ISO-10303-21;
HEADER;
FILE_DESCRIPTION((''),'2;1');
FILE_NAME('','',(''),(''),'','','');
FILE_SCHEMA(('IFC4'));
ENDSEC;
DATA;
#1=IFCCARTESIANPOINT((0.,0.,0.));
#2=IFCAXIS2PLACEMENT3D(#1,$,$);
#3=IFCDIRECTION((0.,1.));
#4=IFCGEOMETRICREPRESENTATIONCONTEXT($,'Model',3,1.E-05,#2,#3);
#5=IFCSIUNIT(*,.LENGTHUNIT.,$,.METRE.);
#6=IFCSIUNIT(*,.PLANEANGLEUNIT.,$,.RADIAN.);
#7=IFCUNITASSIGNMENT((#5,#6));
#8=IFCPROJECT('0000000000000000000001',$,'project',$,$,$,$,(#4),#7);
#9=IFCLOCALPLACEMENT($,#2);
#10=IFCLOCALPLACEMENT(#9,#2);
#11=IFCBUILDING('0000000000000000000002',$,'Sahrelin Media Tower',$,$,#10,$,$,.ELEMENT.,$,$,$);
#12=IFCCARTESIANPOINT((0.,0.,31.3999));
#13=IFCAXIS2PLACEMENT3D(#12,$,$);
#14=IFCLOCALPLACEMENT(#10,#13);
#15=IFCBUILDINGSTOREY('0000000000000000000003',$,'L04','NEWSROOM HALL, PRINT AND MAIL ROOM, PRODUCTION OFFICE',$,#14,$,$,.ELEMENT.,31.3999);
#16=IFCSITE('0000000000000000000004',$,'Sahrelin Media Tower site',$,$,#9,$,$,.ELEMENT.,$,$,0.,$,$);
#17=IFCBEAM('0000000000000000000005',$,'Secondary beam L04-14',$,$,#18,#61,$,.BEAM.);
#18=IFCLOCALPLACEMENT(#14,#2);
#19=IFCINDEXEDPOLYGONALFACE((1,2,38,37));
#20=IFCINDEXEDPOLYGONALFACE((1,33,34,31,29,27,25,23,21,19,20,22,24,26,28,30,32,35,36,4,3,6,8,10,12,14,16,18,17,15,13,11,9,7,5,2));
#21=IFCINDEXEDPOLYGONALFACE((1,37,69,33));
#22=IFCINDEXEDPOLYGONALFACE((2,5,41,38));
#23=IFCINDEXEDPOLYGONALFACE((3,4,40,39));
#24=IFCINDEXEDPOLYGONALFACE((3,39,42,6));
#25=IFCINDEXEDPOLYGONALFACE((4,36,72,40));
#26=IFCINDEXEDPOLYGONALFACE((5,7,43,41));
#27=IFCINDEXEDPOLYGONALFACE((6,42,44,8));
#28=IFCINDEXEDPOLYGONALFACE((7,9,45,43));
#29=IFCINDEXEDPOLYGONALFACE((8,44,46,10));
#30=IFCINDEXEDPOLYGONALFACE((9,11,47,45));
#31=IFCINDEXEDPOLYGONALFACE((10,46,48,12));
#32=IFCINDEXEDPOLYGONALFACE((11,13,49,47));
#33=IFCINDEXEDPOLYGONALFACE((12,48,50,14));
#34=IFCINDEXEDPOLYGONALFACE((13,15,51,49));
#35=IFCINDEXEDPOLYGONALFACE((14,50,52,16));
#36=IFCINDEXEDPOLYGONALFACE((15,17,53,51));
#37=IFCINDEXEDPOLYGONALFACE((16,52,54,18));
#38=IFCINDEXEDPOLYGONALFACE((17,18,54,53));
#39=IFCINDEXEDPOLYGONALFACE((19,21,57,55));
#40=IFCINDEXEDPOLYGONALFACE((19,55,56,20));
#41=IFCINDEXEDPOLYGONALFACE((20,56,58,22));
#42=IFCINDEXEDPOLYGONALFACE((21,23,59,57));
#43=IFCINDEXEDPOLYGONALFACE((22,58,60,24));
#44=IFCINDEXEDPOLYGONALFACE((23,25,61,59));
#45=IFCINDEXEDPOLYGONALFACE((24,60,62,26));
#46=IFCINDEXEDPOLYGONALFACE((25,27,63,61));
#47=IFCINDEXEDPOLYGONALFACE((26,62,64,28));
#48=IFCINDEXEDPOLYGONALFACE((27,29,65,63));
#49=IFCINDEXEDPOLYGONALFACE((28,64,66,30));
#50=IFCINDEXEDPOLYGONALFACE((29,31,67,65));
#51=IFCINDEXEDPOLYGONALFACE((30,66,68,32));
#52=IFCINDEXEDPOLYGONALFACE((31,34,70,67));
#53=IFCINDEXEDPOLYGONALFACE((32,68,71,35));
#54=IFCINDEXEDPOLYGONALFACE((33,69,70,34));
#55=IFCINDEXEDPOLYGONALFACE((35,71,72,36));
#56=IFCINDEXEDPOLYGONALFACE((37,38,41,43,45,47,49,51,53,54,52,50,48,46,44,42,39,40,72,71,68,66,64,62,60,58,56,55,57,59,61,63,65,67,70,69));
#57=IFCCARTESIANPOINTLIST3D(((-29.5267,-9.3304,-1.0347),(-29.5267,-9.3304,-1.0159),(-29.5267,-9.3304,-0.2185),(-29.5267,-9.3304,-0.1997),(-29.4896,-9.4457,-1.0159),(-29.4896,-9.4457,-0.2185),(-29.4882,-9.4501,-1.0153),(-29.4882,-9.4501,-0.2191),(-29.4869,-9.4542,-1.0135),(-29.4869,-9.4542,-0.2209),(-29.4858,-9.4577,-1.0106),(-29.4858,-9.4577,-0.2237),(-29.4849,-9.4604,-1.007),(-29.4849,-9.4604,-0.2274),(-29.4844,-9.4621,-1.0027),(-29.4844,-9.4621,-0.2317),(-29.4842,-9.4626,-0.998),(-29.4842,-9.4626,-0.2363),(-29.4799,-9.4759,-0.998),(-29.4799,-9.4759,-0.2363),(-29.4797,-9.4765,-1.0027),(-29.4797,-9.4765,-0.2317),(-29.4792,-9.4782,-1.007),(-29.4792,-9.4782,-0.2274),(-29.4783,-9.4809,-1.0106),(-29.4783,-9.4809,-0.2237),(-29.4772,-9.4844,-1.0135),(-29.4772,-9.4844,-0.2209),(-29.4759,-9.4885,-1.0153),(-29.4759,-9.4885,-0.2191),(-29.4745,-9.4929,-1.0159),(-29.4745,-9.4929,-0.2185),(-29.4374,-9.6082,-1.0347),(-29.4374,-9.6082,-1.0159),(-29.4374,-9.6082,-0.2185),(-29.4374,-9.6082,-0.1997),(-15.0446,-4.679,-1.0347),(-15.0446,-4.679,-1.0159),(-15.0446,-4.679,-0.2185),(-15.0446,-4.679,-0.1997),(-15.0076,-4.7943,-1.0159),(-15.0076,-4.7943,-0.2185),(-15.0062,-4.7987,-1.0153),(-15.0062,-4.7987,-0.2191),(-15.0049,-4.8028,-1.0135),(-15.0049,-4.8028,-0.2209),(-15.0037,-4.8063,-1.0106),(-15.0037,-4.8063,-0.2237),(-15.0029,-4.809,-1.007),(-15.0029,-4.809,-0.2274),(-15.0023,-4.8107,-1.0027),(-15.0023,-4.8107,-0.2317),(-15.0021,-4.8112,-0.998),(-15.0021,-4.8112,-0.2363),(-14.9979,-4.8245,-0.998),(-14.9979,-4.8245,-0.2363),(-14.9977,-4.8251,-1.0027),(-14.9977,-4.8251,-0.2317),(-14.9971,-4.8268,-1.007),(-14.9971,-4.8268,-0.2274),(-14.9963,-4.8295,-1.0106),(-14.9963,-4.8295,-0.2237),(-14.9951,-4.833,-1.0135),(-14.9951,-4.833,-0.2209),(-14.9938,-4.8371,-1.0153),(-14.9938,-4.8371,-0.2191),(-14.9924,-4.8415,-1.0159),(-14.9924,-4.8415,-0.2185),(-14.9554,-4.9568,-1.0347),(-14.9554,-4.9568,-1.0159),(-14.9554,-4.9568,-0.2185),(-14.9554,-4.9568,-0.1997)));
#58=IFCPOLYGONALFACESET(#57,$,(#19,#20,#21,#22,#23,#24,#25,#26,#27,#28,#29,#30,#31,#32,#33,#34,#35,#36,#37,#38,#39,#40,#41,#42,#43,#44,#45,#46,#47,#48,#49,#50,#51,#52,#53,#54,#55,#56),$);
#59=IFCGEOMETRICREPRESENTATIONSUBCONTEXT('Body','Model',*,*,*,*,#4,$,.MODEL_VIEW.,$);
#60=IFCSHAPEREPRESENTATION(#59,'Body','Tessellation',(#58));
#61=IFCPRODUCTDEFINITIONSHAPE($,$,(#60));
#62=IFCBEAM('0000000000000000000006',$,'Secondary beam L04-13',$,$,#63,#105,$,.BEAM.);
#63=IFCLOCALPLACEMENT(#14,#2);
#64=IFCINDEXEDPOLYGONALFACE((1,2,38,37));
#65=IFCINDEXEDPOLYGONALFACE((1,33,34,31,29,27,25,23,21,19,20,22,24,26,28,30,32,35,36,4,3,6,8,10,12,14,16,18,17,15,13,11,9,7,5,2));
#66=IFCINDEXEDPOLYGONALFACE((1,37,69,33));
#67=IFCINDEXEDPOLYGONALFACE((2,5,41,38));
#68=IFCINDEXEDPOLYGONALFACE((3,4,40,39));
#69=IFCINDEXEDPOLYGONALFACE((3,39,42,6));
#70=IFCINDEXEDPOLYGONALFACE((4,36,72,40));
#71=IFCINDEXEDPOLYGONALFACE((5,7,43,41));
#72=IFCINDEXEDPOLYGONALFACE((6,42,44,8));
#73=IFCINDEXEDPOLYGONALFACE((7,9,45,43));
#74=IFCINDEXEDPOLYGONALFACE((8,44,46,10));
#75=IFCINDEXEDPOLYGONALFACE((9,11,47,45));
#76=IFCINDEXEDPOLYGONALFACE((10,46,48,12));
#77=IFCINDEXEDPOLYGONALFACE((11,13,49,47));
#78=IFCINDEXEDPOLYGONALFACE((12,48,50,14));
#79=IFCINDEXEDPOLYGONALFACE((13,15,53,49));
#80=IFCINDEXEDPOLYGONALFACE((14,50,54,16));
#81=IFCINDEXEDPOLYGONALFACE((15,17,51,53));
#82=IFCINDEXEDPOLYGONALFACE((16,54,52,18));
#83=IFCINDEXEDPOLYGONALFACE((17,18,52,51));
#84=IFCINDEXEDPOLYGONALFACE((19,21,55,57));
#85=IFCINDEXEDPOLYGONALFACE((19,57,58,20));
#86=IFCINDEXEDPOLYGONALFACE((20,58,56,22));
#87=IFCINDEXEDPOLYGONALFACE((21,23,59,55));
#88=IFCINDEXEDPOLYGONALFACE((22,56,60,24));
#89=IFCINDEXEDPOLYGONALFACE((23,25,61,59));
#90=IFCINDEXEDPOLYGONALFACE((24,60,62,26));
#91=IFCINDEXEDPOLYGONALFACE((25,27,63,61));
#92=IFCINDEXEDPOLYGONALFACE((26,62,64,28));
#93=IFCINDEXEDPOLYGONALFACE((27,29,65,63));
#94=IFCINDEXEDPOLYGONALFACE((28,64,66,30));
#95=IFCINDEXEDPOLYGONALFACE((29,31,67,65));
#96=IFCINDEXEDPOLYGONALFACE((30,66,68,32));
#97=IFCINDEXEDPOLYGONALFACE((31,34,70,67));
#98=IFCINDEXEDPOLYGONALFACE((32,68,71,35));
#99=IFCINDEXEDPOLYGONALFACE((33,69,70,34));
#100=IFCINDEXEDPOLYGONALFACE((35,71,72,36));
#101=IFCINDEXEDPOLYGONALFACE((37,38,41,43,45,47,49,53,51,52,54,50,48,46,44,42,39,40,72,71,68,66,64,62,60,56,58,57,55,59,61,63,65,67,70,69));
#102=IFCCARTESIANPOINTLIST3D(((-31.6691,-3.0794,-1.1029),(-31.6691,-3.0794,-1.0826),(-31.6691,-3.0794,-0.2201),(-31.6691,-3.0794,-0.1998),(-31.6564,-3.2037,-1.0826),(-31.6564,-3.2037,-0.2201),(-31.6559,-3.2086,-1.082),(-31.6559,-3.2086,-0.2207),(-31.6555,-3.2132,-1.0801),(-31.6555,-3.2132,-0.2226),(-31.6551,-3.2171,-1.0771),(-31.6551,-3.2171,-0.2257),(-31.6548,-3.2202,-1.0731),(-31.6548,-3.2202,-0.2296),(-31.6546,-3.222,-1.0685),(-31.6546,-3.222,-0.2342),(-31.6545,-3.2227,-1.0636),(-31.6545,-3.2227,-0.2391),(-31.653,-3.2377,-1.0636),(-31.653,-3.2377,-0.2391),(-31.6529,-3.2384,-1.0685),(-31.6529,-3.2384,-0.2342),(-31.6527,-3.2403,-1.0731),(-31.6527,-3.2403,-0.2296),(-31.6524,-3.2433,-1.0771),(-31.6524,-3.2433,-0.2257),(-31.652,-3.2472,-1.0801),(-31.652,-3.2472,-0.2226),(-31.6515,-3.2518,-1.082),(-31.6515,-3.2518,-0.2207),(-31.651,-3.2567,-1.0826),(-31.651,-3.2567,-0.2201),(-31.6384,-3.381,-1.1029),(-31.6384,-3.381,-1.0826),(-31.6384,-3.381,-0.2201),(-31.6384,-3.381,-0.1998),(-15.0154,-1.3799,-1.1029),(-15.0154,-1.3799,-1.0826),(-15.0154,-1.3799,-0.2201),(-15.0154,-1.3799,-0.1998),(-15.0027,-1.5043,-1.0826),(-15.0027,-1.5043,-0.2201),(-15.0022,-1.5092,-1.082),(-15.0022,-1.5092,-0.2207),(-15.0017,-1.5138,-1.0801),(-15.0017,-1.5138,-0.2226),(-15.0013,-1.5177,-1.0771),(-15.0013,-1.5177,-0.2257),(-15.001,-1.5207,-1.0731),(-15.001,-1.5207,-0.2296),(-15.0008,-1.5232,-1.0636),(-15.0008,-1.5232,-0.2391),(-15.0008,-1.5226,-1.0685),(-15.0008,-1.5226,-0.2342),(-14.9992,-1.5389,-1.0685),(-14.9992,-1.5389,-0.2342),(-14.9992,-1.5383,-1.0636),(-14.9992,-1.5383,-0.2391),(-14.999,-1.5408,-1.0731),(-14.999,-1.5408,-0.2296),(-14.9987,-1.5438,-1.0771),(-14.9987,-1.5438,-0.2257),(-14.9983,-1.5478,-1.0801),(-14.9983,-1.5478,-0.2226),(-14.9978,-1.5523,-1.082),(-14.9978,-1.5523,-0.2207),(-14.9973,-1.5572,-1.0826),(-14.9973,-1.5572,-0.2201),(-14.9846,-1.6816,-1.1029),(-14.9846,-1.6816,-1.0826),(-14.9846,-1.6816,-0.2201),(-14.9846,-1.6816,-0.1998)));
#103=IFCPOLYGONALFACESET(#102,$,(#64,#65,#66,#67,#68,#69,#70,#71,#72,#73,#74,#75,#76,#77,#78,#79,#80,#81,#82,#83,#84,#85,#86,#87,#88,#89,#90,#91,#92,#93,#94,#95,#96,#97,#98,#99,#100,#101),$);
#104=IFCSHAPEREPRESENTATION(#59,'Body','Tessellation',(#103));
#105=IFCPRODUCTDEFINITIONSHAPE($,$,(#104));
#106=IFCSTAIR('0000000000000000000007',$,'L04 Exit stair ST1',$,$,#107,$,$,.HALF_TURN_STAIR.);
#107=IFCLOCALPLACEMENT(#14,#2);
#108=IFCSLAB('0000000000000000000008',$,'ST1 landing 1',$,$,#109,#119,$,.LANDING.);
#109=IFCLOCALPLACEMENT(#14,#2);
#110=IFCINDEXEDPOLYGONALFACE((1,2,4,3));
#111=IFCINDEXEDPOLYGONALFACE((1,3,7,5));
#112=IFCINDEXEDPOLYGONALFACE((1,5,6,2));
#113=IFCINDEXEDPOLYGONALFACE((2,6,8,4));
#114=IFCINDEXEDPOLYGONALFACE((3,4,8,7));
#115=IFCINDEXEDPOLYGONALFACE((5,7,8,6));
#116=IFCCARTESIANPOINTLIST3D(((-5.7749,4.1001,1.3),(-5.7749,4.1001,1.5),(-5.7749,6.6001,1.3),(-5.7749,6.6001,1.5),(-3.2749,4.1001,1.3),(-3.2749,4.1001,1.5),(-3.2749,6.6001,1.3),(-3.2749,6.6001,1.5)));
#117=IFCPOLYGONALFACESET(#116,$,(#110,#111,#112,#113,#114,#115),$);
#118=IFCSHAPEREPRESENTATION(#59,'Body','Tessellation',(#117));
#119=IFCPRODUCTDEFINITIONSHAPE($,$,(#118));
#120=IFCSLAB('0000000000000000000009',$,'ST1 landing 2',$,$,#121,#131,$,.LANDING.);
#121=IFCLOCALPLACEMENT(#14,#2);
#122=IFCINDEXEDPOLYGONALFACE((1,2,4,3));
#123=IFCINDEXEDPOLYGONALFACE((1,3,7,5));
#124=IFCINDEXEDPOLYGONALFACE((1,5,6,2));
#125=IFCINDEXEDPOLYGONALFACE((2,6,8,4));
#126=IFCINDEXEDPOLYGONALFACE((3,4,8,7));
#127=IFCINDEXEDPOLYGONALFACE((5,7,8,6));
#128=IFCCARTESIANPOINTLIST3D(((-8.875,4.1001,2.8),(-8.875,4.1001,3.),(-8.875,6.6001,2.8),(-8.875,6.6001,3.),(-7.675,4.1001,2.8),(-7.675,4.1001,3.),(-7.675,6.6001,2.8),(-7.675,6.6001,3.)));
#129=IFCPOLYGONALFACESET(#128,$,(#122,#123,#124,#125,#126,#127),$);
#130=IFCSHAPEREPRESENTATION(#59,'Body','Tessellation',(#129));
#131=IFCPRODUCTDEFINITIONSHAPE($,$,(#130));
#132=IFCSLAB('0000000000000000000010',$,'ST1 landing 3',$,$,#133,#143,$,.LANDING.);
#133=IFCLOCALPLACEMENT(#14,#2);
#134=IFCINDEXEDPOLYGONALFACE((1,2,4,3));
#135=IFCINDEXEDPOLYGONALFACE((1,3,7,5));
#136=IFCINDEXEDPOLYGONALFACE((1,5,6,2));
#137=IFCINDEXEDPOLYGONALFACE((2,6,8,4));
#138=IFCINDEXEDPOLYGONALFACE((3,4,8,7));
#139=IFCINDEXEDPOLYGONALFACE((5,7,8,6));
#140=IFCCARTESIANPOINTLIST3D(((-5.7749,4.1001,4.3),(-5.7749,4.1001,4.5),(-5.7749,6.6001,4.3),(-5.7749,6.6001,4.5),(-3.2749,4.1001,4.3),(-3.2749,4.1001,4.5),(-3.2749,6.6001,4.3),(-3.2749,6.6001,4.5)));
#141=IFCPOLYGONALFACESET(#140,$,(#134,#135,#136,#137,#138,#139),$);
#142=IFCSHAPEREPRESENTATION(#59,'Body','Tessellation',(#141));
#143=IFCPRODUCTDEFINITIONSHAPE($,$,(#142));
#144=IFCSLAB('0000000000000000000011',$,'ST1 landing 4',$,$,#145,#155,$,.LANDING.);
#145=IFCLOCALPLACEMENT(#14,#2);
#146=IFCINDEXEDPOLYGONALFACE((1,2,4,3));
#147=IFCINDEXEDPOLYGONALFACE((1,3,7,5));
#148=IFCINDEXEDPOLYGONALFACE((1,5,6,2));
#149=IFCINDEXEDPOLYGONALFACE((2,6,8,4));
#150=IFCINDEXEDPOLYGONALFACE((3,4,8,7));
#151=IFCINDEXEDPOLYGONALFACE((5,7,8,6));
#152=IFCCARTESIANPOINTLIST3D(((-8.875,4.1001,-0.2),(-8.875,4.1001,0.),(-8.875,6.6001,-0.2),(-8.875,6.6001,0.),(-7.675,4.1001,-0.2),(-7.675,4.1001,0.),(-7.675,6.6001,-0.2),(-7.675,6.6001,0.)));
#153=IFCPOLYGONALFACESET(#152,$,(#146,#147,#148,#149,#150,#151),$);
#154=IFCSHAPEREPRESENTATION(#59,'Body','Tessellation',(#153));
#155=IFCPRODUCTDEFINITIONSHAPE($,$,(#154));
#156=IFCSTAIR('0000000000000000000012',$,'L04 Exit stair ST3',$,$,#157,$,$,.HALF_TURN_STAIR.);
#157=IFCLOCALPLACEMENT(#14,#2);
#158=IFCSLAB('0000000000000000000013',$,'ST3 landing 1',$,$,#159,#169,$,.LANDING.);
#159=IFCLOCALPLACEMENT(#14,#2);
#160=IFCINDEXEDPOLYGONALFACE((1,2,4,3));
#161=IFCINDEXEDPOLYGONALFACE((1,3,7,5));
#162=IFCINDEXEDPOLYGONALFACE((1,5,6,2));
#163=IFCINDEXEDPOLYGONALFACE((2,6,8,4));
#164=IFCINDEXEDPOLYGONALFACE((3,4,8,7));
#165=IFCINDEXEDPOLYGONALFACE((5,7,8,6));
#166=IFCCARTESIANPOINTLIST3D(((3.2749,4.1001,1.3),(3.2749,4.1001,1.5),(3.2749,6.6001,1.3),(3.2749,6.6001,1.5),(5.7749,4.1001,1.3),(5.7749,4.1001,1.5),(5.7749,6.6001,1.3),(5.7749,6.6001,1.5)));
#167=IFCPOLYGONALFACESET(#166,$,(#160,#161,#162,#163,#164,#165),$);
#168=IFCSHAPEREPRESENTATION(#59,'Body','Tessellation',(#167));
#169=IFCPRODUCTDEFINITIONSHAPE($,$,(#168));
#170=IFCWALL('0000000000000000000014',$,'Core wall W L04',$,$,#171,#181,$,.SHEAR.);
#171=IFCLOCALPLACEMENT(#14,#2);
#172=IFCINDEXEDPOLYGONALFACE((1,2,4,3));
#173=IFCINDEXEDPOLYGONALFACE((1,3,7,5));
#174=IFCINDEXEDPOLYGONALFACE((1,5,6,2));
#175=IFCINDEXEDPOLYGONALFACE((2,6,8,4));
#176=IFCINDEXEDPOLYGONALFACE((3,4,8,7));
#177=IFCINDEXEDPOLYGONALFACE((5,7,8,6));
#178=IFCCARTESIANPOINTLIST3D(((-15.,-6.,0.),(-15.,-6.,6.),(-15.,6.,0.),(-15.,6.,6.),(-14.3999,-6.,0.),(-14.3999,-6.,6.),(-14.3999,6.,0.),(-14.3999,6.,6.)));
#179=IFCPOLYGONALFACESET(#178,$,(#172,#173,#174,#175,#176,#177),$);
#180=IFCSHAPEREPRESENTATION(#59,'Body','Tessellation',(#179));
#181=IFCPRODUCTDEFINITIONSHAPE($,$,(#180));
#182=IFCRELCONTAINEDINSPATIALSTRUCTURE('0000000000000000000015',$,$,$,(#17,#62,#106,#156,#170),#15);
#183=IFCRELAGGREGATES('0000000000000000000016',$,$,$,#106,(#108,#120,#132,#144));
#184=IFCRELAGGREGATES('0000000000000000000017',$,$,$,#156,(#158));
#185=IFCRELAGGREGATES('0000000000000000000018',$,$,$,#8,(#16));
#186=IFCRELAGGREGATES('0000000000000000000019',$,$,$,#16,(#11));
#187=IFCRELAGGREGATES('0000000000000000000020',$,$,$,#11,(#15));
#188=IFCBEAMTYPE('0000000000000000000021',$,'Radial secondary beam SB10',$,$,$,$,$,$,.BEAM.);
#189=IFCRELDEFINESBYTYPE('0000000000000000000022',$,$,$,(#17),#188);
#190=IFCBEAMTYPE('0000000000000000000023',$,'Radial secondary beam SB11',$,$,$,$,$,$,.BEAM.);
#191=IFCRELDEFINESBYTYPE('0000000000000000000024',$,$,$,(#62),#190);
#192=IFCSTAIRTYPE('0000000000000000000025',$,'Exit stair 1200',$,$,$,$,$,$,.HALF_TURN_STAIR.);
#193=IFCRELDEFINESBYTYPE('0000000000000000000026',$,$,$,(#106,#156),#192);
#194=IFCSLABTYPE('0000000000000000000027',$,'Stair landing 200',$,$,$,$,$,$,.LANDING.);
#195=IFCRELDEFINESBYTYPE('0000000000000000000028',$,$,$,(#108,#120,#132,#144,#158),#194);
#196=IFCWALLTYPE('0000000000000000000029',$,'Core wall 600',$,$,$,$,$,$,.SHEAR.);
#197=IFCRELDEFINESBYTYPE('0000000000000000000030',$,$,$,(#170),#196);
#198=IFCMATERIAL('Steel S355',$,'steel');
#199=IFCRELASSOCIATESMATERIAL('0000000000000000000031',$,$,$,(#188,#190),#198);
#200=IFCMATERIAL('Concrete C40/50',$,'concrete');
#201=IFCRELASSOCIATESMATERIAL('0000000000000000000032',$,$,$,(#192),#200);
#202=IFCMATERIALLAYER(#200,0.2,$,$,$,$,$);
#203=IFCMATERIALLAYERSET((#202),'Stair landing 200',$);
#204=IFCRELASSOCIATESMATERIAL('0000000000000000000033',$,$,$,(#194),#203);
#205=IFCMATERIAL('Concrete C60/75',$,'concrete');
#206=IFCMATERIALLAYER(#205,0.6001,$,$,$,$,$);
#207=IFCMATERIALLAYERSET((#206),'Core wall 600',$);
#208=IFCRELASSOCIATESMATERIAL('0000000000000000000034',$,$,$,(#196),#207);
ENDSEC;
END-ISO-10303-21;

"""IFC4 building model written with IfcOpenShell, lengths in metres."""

from ifc_helpers import new_model, si_unit, direction, frame, frame_2d, origin, origin_2d, place, context, subcontext, project, spatial, polyline, rectangle, i_section, outline, extrude, material, layer, layer_set, material_profile, profile_set, type_object, element, aggregate, save


model = new_model("IFC4")

# Units and contexts
model_context = context("Model", 3, precision=1e-05, world=origin(), true_north=direction((0.0, 1.0)))
body_context = subcontext(model_context, "Body", "Model", "MODEL_VIEW")
ifc_project = project(units=[si_unit("LENGTHUNIT", "METRE"), si_unit("PLANEANGLEUNIT", "RADIAN")], contexts=[model_context])

# Site, building, storey
site_placement = place(None, origin())
site = spatial("IfcSite", under=ifc_project, at=site_placement, Name="Sahrelin Media Tower site", CompositionType="ELEMENT", RefElevation=0.0)
building_placement = place(site_placement, origin())
building = spatial("IfcBuilding", under=site, at=building_placement, Name="Sahrelin Media Tower", CompositionType="ELEMENT")
storey_placement = place(building_placement, frame((0.0, 0.0, 31.3999)))
storey = spatial("IfcBuildingStorey", under=building, at=storey_placement, Name="L04", Description="NEWSROOM HALL, PRINT AND MAIL ROOM, PRODUCTION OFFICE", CompositionType="ELEMENT", Elevation=31.3999)

# Beams
ifc_material_1 = material(Name="Steel S355", Category="steel")
ifc_material_profile_1 = material_profile(ifc_material_1, i_section(OverallWidth=0.2917, OverallDepth=0.835, WebThickness=0.0139, FlangeThickness=0.0188, FilletRadius=0.0178, at=origin_2d()), Name="UB 838x292x176")
ifc_profile_set_1 = profile_set([ifc_material_profile_1], Name="Steel S355")
beam_type_1 = type_object("IfcBeamType", Name="Radial secondary beam SB10", PredefinedType="BEAM", material=ifc_profile_set_1)
beam_1_placement = place(storey_placement, frame((-15.0, -4.8179, -0.6172), z_axis=(-0.952096, -0.305798, 0.0), x_axis=(0.305798, -0.952096, 0.0)))
element("IfcBeam", 1, at=beam_1_placement, inside=storey, type_object=beam_type_1, Name="Secondary beam L04-14", PredefinedType="BEAM", context=body_context, shape_type="SweptSolid", body=[
    extrude(i_section(OverallWidth=0.2917, OverallDepth=0.835, WebThickness=0.0139, FlangeThickness=0.0188, FilletRadius=0.0178, at=origin_2d()), origin(), (0.0, 0.0, 1.0), 15.2107),
])
ifc_material_profile_2 = material_profile(ifc_material_1, i_section(OverallWidth=0.3032, OverallDepth=0.9031, WebThickness=0.0151, FlangeThickness=0.0203, FilletRadius=0.019, at=origin_2d()), Name="UB 914x305x201")
ifc_profile_set_2 = profile_set([ifc_material_profile_2], Name="Steel S355")
beam_type_2 = type_object("IfcBeamType", Name="Radial secondary beam SB11", PredefinedType="BEAM", material=ifc_profile_set_2)
beam_2_placement = place(storey_placement, frame((-15.0, -1.5308, -0.6514), z_axis=(-0.994834, -0.101519, 0.0), x_axis=(0.101519, -0.994834, 0.0)))
element("IfcBeam", 2, at=beam_2_placement, inside=storey, type_object=beam_type_2, Name="Secondary beam L04-13", PredefinedType="BEAM", context=body_context, shape_type="SweptSolid", body=[
    extrude(i_section(OverallWidth=0.3032, OverallDepth=0.9031, WebThickness=0.0151, FlangeThickness=0.0203, FilletRadius=0.019, at=origin_2d()), origin(), (0.0, 0.0, 1.0), 16.7402),
])

# Shared definitions
ifc_material_2 = material(Name="Concrete C40/50", Category="concrete")
placement_1 = place(storey_placement, frame((0.0, 0.0, -0.2)))

# Stair, slabs
stair_type = type_object("IfcStairType", Name="Exit stair 1200", PredefinedType="HALF_TURN_STAIR", material=ifc_material_2)
placement_2 = place(storey_placement, origin())
stair_1 = element("IfcStair", 3, at=placement_2, inside=storey, type_object=stair_type, Name="L04 Exit stair ST1", PredefinedType="HALF_TURN_STAIR")
ifc_layer_1 = layer(ifc_material_2, 0.2)
ifc_layer_set_1 = layer_set([ifc_layer_1], Name="Stair landing 200")
slab_type_1 = type_object("IfcSlabType", Name="Stair landing 200", PredefinedType="LANDING", material=ifc_layer_set_1)
placement_3 = place(storey_placement, frame((0.0, 0.0, 1.3)))
slab_1 = element("IfcSlab", 4, at=placement_3, type_object=slab_type_1, Name="ST1 landing 1", PredefinedType="LANDING", context=body_context, shape_type="SweptSolid", body=[
    extrude(outline(polyline([(-5.7749, 4.1001), (-3.2749, 4.1001), (-3.2749, 6.6001), (-5.7749, 6.6001), (-5.7749, 4.1001)])), origin(), (0.0, 0.0, 1.0), 0.2),
])
slab_2_placement = place(storey_placement, frame((0.0, 0.0, 2.8)))
slab_2 = element("IfcSlab", 5, at=slab_2_placement, type_object=slab_type_1, Name="ST1 landing 2", PredefinedType="LANDING", context=body_context, shape_type="SweptSolid", body=[
    extrude(outline(polyline([(-8.875, 4.1001), (-7.675, 4.1001), (-7.675, 6.6001), (-8.875, 6.6001), (-8.875, 4.1001)])), origin(), (0.0, 0.0, 1.0), 0.2),
])
slab_3_placement = place(storey_placement, frame((0.0, 0.0, 4.3)))
slab_3 = element("IfcSlab", 6, at=slab_3_placement, type_object=slab_type_1, Name="ST1 landing 3", PredefinedType="LANDING", context=body_context, shape_type="SweptSolid", body=[
    extrude(outline(polyline([(-5.7749, 4.1001), (-3.2749, 4.1001), (-3.2749, 6.6001), (-5.7749, 6.6001), (-5.7749, 4.1001)])), origin(), (0.0, 0.0, 1.0), 0.2),
])
slab_4 = element("IfcSlab", 7, at=placement_1, type_object=slab_type_1, Name="ST1 landing 4", PredefinedType="LANDING", context=body_context, shape_type="SweptSolid", body=[
    extrude(outline(polyline([(-8.875, 4.1001), (-7.675, 4.1001), (-7.675, 6.6001), (-8.875, 6.6001), (-8.875, 4.1001)])), origin(), (0.0, 0.0, 1.0), 0.2),
])
aggregate(stair_1, [slab_1, slab_2, slab_3, slab_4])

# Stair, slab
stair_2 = element("IfcStair", 8, at=placement_2, inside=storey, type_object=stair_type, Name="L04 Exit stair ST3", PredefinedType="HALF_TURN_STAIR")
slab_5 = element("IfcSlab", 9, at=placement_3, type_object=slab_type_1, Name="ST3 landing 1", PredefinedType="LANDING", context=body_context, shape_type="SweptSolid", body=[
    extrude(outline(polyline([(5.7749, 6.6001), (3.2749, 6.6001), (3.2749, 4.1001), (5.7749, 4.1001), (5.7749, 6.6001)])), origin(), (0.0, 0.0, 1.0), 0.2),
])
aggregate(stair_2, [slab_5])

# Wall
ifc_material_3 = material(Name="Concrete C60/75", Category="concrete")
ifc_layer_2 = layer(ifc_material_3, 0.6001)
ifc_layer_set_2 = layer_set([ifc_layer_2], Name="Core wall 600")
wall_type_1 = type_object("IfcWallType", Name="Core wall 600", PredefinedType="SHEAR", material=ifc_layer_set_2)
wall_1_placement = place(storey_placement, frame((-14.7, -6.0, 0.0), z_axis=(0.0, 0.0, 1.0), x_axis=(0.0, 1.0, 0.0)))
element("IfcWall", 10, at=wall_1_placement, inside=storey, type_object=wall_type_1, Name="Core wall W L04", PredefinedType="SHEAR", context=body_context, shape_type="SweptSolid", body=[
    extrude(rectangle(XDim=12.0, YDim=0.6001, at=frame_2d((6.0, 0.0))), origin(), (0.0, 0.0, 1.0), 6.0),
])

save(model, "model.ifc")
